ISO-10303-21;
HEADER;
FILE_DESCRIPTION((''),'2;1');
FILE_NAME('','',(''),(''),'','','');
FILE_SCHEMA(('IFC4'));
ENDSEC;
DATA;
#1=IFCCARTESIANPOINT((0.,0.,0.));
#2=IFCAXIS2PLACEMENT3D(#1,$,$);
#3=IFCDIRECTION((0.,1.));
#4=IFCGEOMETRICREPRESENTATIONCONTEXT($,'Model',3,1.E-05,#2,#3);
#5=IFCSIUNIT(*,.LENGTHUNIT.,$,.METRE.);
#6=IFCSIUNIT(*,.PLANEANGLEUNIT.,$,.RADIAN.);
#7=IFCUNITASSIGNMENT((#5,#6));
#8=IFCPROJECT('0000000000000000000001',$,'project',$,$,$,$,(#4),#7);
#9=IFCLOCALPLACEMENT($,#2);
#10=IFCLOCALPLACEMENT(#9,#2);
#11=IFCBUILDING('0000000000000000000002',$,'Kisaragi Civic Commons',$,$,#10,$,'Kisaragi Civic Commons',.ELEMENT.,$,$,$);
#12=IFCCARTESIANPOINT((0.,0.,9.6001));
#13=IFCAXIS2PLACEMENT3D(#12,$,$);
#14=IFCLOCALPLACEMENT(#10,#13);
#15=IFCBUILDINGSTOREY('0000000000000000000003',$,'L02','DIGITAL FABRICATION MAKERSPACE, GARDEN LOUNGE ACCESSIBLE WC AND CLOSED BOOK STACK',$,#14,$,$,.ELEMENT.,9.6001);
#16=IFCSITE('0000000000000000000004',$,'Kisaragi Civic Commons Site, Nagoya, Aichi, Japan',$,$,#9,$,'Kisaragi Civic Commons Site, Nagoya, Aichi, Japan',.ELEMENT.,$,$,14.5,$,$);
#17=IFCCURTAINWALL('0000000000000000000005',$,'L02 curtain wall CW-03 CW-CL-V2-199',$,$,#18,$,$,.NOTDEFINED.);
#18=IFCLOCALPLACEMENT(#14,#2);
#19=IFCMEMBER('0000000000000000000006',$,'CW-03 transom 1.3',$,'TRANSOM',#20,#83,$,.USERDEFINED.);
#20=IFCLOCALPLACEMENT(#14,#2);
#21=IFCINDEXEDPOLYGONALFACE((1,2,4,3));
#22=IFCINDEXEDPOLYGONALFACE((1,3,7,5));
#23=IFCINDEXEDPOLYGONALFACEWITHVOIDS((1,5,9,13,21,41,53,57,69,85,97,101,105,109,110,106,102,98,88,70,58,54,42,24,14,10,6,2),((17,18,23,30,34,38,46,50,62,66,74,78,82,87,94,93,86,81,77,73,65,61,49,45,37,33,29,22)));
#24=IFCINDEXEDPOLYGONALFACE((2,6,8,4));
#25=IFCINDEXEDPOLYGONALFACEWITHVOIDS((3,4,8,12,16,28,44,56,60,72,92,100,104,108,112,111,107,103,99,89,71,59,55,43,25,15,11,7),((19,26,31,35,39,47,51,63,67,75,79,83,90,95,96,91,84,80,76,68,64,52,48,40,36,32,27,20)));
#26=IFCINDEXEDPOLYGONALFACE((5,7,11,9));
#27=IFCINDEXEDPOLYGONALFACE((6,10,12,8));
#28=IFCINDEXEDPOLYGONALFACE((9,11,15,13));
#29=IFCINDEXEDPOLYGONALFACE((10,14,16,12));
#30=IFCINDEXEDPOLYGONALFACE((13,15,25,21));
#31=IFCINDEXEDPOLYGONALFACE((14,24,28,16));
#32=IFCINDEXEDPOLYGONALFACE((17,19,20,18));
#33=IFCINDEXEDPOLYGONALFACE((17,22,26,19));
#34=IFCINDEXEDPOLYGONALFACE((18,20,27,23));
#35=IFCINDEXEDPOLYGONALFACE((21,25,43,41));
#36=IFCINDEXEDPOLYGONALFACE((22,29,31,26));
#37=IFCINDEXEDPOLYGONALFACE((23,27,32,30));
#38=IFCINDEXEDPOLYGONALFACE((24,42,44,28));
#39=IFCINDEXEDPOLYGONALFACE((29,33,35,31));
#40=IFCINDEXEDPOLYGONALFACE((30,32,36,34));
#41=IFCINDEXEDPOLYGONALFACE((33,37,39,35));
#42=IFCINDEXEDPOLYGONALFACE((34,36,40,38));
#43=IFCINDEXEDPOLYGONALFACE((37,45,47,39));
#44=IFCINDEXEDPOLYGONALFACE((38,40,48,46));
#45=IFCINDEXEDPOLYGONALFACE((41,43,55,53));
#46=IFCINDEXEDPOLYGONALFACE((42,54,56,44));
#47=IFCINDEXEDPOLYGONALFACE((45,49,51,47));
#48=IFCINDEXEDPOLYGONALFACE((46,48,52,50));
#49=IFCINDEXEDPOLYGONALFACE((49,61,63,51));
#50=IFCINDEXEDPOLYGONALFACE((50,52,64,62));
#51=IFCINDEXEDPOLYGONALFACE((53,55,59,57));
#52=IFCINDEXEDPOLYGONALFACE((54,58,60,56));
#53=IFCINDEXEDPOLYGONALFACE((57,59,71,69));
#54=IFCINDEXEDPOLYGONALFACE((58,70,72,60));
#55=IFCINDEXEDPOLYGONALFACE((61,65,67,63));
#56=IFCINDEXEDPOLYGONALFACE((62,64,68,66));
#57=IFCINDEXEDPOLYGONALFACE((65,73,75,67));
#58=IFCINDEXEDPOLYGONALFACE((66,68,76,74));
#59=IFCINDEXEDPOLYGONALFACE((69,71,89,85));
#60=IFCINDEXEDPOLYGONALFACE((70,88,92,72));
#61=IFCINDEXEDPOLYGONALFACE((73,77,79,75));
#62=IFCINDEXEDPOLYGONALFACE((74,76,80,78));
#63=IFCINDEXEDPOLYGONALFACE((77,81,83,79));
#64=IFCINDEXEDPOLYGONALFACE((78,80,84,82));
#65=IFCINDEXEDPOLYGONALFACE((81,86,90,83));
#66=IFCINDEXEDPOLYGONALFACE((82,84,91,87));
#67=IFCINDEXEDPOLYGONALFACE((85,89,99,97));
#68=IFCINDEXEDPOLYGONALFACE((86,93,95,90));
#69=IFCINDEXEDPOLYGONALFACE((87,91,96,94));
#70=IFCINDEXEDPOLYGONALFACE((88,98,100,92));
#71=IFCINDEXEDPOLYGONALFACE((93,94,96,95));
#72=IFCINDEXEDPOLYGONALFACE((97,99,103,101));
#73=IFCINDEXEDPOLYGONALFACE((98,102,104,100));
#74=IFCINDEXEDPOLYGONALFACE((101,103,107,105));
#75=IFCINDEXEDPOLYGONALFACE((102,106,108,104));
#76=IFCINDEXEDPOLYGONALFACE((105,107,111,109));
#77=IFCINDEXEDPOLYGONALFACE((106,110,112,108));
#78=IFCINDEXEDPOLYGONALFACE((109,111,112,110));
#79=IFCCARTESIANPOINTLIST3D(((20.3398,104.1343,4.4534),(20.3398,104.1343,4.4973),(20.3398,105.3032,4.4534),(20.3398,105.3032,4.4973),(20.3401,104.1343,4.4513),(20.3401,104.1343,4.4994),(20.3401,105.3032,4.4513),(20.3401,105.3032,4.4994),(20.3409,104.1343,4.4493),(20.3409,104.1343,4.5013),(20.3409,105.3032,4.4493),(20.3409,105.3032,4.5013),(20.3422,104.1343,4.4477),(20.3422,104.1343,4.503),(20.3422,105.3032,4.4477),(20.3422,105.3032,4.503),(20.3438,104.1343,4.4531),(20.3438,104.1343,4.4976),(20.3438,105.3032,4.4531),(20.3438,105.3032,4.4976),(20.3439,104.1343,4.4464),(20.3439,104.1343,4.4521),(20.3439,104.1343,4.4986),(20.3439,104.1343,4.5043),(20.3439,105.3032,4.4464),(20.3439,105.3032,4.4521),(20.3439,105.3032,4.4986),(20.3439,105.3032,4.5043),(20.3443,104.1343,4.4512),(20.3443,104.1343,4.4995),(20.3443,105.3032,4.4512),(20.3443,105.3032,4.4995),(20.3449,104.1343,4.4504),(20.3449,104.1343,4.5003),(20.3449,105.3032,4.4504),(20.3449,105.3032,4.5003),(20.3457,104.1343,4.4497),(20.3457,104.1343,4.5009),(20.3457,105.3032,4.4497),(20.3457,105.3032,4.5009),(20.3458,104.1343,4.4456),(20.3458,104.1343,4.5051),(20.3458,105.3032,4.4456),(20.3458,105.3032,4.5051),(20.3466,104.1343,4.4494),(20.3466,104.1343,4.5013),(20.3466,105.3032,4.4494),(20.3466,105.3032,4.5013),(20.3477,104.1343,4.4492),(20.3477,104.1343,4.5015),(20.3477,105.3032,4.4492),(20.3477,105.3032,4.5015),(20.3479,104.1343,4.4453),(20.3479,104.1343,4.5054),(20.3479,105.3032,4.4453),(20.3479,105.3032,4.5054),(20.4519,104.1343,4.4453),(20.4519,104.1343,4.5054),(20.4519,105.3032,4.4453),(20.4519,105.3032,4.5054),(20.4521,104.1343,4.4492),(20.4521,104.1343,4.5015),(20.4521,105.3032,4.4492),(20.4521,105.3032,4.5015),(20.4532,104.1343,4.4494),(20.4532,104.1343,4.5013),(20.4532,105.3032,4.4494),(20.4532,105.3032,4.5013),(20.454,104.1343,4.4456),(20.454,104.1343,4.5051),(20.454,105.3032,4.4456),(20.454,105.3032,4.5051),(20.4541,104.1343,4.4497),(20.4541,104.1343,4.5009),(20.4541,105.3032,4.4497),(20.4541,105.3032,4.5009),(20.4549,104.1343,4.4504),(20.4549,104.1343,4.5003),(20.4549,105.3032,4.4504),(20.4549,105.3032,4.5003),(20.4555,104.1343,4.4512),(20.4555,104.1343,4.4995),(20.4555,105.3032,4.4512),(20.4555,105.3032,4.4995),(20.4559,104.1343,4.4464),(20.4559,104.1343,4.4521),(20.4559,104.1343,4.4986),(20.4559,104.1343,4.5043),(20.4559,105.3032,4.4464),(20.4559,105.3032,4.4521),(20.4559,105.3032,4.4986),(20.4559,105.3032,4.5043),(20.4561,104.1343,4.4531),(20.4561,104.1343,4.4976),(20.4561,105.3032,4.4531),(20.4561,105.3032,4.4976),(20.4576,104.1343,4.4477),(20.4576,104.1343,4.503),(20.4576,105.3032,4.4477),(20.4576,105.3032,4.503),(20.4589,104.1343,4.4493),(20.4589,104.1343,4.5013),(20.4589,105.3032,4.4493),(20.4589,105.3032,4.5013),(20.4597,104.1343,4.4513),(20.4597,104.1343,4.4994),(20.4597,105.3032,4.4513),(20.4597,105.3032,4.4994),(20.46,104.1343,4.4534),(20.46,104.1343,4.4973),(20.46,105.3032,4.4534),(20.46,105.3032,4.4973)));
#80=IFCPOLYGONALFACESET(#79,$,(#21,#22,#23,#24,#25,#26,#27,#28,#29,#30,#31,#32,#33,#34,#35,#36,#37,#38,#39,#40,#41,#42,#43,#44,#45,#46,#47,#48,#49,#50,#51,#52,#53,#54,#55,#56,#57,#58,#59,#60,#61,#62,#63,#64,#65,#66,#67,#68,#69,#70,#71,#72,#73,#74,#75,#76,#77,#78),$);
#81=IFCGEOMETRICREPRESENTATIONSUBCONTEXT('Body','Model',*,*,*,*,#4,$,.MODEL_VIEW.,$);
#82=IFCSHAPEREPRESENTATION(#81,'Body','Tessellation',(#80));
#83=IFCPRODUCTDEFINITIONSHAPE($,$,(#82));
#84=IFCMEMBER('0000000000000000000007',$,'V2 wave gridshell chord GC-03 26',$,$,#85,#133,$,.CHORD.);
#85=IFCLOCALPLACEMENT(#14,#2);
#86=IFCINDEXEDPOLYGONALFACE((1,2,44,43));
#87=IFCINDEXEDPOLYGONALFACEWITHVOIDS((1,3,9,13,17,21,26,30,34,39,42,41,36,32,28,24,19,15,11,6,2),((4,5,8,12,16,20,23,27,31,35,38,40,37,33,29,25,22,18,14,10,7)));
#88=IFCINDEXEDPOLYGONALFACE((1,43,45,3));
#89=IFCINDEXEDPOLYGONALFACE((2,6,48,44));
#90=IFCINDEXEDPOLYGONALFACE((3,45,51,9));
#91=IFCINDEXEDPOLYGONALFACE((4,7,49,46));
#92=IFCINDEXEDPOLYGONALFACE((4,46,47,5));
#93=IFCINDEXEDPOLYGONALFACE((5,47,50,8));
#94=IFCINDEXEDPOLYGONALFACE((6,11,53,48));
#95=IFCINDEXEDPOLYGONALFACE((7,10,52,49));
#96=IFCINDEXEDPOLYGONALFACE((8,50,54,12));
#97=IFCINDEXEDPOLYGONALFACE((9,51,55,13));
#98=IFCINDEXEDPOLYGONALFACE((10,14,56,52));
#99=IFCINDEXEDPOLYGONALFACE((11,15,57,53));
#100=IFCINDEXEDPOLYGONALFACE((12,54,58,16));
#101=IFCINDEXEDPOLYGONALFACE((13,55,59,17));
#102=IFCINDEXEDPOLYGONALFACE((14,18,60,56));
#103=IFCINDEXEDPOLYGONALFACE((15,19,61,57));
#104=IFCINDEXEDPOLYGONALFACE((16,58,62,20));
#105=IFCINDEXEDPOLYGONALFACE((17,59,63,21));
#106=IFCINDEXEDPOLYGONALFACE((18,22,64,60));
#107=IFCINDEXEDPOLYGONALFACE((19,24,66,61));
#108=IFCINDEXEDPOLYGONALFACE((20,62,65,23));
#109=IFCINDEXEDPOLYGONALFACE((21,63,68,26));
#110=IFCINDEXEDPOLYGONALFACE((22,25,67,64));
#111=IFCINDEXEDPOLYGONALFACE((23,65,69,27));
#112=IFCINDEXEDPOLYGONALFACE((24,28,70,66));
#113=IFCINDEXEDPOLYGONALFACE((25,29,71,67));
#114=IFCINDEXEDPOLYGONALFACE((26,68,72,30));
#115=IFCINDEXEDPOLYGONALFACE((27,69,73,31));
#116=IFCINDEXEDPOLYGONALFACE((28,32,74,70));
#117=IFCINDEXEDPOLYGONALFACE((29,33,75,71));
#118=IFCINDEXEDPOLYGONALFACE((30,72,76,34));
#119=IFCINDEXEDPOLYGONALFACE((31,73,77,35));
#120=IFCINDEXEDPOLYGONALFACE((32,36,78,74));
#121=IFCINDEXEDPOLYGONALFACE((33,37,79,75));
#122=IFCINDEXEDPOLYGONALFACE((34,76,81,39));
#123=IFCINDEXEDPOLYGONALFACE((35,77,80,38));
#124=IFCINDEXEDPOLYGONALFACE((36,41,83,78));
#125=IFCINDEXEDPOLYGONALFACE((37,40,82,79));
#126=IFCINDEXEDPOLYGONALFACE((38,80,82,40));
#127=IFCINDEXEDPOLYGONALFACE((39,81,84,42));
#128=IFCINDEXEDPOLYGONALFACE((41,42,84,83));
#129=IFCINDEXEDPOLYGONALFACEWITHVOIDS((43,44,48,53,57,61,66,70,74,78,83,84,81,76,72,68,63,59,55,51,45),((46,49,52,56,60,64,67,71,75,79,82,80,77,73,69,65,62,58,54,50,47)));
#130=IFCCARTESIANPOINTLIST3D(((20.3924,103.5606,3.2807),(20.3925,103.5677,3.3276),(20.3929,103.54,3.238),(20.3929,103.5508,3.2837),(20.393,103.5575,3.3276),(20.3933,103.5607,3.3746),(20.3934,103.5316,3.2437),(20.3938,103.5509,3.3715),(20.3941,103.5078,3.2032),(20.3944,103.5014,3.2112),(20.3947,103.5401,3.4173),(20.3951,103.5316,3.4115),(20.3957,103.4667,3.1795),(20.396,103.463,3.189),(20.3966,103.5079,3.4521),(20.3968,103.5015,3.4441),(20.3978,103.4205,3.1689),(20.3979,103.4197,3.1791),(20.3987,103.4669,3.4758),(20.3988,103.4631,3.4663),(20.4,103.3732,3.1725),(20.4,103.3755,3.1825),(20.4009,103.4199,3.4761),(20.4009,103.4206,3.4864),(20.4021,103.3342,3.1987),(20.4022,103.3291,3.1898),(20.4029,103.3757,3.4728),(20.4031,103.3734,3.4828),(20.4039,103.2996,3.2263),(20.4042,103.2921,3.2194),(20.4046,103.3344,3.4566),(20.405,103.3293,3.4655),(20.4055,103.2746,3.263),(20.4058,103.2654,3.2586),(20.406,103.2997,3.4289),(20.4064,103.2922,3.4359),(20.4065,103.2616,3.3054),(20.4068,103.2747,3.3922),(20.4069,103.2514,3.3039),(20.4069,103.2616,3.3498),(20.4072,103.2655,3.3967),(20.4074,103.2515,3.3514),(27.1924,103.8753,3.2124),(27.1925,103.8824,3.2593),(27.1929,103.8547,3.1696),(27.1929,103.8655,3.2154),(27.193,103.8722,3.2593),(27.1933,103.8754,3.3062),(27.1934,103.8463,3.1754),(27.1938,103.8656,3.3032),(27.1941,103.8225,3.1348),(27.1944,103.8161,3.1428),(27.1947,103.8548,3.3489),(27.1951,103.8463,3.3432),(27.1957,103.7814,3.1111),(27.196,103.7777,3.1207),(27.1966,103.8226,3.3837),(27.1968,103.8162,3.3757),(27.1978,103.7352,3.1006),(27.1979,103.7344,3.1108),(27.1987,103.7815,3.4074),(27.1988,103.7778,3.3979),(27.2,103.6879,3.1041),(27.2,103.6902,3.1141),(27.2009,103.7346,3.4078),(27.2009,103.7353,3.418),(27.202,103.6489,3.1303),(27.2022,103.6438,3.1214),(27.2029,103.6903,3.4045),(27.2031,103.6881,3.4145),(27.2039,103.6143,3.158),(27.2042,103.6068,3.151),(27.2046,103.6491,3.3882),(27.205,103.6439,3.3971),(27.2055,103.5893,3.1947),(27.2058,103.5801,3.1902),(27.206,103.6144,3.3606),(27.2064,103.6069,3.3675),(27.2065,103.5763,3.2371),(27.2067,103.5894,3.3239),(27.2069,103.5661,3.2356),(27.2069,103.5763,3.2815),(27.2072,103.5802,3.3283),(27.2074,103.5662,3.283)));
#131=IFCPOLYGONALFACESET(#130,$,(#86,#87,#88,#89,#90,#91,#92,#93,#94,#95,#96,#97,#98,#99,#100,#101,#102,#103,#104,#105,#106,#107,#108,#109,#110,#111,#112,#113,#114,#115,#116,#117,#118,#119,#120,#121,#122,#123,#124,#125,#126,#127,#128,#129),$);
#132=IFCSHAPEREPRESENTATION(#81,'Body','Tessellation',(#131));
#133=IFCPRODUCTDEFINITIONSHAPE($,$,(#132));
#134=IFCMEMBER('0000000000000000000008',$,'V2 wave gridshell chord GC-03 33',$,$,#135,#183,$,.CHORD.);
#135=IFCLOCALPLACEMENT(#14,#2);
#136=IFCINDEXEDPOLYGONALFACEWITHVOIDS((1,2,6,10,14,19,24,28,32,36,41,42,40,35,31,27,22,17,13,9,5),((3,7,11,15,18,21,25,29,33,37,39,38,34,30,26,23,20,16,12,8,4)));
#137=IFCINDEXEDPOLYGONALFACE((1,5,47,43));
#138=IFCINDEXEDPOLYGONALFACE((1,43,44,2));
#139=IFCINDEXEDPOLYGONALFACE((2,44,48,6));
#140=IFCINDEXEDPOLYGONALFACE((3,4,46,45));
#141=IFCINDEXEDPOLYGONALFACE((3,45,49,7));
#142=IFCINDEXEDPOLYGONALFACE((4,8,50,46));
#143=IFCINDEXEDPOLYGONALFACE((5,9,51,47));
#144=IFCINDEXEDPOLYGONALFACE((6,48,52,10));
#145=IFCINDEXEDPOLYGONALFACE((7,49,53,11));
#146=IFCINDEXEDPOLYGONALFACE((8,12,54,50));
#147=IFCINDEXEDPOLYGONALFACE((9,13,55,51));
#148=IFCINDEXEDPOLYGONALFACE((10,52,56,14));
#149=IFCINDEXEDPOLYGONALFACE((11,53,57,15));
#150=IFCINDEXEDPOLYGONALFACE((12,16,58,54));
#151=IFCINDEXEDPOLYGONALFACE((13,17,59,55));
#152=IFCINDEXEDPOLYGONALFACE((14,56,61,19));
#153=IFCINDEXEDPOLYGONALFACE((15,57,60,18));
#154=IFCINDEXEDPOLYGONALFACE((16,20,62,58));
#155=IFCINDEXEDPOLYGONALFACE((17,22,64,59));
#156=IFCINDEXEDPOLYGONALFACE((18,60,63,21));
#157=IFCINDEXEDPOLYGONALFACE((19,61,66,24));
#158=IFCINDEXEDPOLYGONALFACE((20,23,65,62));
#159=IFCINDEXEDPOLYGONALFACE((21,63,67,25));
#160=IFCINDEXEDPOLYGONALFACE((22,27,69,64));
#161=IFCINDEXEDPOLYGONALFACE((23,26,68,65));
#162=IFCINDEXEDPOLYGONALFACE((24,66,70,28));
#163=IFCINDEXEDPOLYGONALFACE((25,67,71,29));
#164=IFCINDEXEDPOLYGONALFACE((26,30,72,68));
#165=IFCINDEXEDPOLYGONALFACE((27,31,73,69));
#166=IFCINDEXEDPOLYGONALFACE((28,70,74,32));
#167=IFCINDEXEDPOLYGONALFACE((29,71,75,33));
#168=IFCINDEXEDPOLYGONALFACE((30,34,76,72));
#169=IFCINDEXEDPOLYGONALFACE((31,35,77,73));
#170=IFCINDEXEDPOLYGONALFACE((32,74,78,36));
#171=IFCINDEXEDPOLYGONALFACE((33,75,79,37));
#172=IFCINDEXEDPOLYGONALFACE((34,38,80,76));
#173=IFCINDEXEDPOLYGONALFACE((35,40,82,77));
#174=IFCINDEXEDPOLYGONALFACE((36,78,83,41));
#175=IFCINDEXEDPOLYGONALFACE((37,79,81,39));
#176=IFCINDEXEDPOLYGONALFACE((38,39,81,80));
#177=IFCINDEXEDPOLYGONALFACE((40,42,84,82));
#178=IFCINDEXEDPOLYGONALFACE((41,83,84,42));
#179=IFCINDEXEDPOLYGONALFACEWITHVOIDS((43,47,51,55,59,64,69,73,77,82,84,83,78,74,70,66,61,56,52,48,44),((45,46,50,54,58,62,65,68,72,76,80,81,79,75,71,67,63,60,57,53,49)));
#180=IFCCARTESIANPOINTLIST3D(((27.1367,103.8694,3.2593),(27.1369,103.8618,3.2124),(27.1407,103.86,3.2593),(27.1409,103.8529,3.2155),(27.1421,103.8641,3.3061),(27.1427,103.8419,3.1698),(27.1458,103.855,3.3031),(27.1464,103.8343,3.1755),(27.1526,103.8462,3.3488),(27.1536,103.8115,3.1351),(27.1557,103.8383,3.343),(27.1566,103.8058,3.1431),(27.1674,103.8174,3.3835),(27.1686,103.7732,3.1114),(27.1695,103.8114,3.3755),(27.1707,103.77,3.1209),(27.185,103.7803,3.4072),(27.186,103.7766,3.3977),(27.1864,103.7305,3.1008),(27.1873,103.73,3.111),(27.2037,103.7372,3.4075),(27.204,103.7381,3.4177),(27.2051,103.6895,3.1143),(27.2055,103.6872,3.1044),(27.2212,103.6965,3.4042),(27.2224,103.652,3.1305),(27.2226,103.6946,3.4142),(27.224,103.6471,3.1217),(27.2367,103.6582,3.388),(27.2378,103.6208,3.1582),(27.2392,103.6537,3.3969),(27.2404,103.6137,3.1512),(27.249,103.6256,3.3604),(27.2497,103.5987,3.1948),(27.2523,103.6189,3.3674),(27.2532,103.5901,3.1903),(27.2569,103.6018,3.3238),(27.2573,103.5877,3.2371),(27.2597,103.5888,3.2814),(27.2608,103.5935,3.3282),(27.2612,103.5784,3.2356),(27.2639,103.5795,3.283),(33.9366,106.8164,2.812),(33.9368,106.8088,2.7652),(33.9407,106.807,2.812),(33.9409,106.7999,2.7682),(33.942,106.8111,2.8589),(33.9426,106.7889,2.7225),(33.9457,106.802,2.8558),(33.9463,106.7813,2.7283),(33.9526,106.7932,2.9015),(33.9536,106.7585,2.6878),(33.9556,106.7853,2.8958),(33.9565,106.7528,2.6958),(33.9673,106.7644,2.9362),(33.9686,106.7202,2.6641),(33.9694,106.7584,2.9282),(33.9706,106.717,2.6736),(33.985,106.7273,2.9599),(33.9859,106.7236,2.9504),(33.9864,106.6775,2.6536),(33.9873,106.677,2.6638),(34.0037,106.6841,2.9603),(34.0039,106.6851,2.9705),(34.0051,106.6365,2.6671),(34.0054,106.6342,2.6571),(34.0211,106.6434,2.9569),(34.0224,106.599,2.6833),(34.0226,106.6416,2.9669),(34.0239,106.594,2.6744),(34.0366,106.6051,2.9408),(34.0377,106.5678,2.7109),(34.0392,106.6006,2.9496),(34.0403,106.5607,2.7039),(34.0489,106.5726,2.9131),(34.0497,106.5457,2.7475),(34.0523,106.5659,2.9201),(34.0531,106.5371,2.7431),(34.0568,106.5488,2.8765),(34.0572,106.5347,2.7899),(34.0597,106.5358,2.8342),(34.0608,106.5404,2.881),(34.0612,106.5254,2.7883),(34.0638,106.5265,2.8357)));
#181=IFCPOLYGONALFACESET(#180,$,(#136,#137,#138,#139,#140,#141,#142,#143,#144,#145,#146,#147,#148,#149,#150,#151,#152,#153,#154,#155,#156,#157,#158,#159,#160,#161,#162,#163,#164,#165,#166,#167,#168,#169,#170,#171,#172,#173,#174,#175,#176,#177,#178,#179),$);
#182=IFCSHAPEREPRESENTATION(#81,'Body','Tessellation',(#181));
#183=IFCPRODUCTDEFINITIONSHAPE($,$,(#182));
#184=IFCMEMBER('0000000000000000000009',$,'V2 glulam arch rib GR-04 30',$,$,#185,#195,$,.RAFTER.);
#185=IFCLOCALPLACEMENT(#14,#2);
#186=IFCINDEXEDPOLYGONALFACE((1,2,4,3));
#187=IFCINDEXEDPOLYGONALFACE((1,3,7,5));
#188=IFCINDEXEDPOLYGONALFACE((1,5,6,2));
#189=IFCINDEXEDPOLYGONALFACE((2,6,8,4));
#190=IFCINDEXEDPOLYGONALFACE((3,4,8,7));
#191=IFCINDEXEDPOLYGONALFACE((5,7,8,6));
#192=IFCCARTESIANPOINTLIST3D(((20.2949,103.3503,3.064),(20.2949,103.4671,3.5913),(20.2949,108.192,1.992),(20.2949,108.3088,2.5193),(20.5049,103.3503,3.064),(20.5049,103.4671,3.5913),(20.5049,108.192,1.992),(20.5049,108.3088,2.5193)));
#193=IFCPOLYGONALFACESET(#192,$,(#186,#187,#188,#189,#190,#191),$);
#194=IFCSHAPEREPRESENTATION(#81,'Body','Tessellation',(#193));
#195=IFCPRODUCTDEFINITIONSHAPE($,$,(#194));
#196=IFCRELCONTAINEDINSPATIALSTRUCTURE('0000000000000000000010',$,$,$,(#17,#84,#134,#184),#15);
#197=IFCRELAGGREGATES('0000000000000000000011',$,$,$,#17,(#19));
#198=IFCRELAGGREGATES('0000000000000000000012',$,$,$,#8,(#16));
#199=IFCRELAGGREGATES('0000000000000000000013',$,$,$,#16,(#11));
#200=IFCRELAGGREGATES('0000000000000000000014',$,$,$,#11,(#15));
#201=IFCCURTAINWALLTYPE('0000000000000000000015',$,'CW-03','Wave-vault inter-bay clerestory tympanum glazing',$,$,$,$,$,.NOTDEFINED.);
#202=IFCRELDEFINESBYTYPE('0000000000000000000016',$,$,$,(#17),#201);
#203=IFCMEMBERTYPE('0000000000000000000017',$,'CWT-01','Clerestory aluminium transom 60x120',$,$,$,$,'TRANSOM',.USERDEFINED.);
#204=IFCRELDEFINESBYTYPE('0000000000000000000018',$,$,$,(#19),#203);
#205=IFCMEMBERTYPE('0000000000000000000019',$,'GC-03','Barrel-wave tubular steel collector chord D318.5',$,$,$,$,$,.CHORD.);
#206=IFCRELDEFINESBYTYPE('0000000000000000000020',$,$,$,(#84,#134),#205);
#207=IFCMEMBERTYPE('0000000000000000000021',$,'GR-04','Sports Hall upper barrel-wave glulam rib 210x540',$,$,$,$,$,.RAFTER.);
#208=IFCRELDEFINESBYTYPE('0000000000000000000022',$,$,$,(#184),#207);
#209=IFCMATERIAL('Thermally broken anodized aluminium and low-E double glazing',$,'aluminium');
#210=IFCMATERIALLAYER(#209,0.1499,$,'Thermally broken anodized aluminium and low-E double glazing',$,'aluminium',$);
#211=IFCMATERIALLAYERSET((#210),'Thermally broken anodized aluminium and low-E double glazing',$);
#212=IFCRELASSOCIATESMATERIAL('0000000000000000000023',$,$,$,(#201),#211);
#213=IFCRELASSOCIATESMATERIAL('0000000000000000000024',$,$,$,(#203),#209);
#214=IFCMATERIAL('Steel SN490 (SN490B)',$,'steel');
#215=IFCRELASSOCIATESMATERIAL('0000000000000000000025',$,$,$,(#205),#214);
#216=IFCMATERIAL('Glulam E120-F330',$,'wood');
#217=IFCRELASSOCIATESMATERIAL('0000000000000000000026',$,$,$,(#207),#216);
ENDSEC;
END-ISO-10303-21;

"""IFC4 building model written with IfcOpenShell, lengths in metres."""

from ifc_helpers import new_model, si_unit, direction, frame, origin, origin_2d, place, context, subcontext, project, spatial, rectangle, hollow_rectangle, hollow_circle, extrude, material, layer, layer_set, material_profile, profile_set, type_object, element, aggregate, save


model = new_model("IFC4")

# Units and contexts
model_context = context("Model", 3, precision=1e-05, world=origin(), true_north=direction((0.0, 1.0)))
body_context = subcontext(model_context, "Body", "Model", "MODEL_VIEW")
ifc_project = project(units=[si_unit("LENGTHUNIT", "METRE"), si_unit("PLANEANGLEUNIT", "RADIAN")], contexts=[model_context])

# Site, building, storey
site_placement = place(None, origin())
site = spatial("IfcSite", under=ifc_project, at=site_placement, Name="Kisaragi Civic Commons Site, Nagoya, Aichi, Japan", LongName="Kisaragi Civic Commons Site, Nagoya, Aichi, Japan", CompositionType="ELEMENT", RefElevation=14.5)
building_placement = place(site_placement, origin())
building = spatial("IfcBuilding", under=site, at=building_placement, Name="Kisaragi Civic Commons", LongName="Kisaragi Civic Commons", CompositionType="ELEMENT")
storey_placement = place(building_placement, frame((0.0, 0.0, 9.6001)))
storey = spatial("IfcBuildingStorey", under=building, at=storey_placement, Name="L02", Description="DIGITAL FABRICATION MAKERSPACE, GARDEN LOUNGE ACCESSIBLE WC AND CLOSED BOOK STACK", CompositionType="ELEMENT", Elevation=9.6001)

# Curtain wall
ifc_material_1 = material(Name="Thermally broken anodized aluminium and low-E double glazing", Category="aluminium")
ifc_layer_1 = layer(ifc_material_1, 0.1499, Name="Thermally broken anodized aluminium and low-E double glazing", Category="aluminium")
ifc_layer_set_1 = layer_set([ifc_layer_1], Name="Thermally broken anodized aluminium and low-E double glazing")
curtain_wall_type = type_object("IfcCurtainWallType", Name="CW-03", Description="Wave-vault inter-bay clerestory tympanum glazing", PredefinedType="NOTDEFINED", material=ifc_layer_set_1)
curtain_wall_1_placement = place(storey_placement, origin())
curtain_wall_1 = element("IfcCurtainWall", 1, at=curtain_wall_1_placement, inside=storey, type_object=curtain_wall_type, Name="L02 curtain wall CW-03 CW-CL-V2-199", PredefinedType="NOTDEFINED")

# Member
ifc_material_profile_1 = material_profile(ifc_material_1, hollow_rectangle(XDim=0.1201, YDim=0.0601, WallThickness=0.0039, InnerFilletRadius=0.0039, OuterFilletRadius=0.0081, at=origin_2d()), Name="CWT-60x120x4", Category="aluminium")
ifc_profile_set_1 = profile_set([ifc_material_profile_1], Name="Thermally broken anodized aluminium and low-E double glazing")
member_type_1 = type_object("IfcMemberType", Name="CWT-01", Description="Clerestory aluminium transom 60x120", ElementType="TRANSOM", PredefinedType="USERDEFINED", material=ifc_profile_set_1)
member_1_placement = place(storey_placement, frame((20.3999, 104.1343, 4.4753), z_axis=(0.0, 1.0, 0.0), x_axis=(-1.0, 0.0, 0.0)))
member_1 = element("IfcMember", 2, at=member_1_placement, type_object=member_type_1, Name="CW-03 transom 1.3", ObjectType="TRANSOM", PredefinedType="USERDEFINED", context=body_context, shape_type="SweptSolid", body=[
    extrude(hollow_rectangle(XDim=0.1201, YDim=0.0601, WallThickness=0.0039, InnerFilletRadius=0.0039, OuterFilletRadius=0.0081, at=origin_2d()), origin(), (0.0, 0.0, 1.0), 1.1689),
])

# Members
ifc_material_2 = material(Name="Steel SN490 (SN490B)", Category="steel")
ifc_material_profile_2 = material_profile(ifc_material_2, hollow_circle(Radius=0.1592, WallThickness=0.0103, at=origin_2d()), Name="CHS-318.5x10.3", Category="steel")
ifc_profile_set_2 = profile_set([ifc_material_profile_2], Name="Steel SN490 (SN490B)")
member_type_2 = type_object("IfcMemberType", Name="GC-03", Description="Barrel-wave tubular steel collector chord D318.5", PredefinedType="CHORD", material=ifc_profile_set_2)
member_2_placement = place(storey_placement, frame((20.3999, 103.4087, 3.3276), z_axis=(0.99888, 0.046227, -0.010042), x_axis=(-0.046229, 0.998931, 0.0)))
element("IfcMember", 3, at=member_2_placement, inside=storey, type_object=member_type_2, Name="V2 wave gridshell chord GC-03 26", PredefinedType="CHORD", context=body_context, shape_type="SweptSolid", body=[
    extrude(hollow_circle(Radius=0.1592, WallThickness=0.0103, at=origin_2d()), origin(), (0.0, 0.0, 1.0), 6.8076),
])
member_3_placement = place(storey_placement, frame((27.2, 103.7234, 3.2593), z_axis=(0.915873, 0.396923, -0.060241), x_axis=(-0.397645, 0.917539, 0.0)))
element("IfcMember", 4, at=member_3_placement, inside=storey, type_object=member_type_2, Name="V2 wave gridshell chord GC-03 33", PredefinedType="CHORD", context=body_context, shape_type="SweptSolid", body=[
    extrude(hollow_circle(Radius=0.1592, WallThickness=0.0103, at=origin_2d()), origin(), (0.0, 0.0, 1.0), 7.4246),
])
ifc_material_3 = material(Name="Glulam E120-F330", Category="wood")
ifc_material_profile_3 = material_profile(ifc_material_3, rectangle(XDim=0.21, YDim=0.54, at=origin_2d()), Name="GL-210x540", Category="wood")
ifc_profile_set_3 = profile_set([ifc_material_profile_3], Name="Glulam E120-F330")
member_type_3 = type_object("IfcMemberType", Name="GR-04", Description="Sports Hall upper barrel-wave glulam rib 210x540", PredefinedType="RAFTER", material=ifc_profile_set_3)
member_4_placement = place(storey_placement, frame((20.3999, 103.4087, 3.3276), z_axis=(0.0, 0.976355, -0.216175), x_axis=(-1.0, 0.0, 0.0)))
element("IfcMember", 5, at=member_4_placement, inside=storey, type_object=member_type_3, Name="V2 glulam arch rib GR-04 30", PredefinedType="RAFTER", context=body_context, shape_type="SweptSolid", body=[
    extrude(rectangle(XDim=0.21, YDim=0.54, at=origin_2d()), origin(), (0.0, 0.0, 1.0), 4.959),
])

aggregate(curtain_wall_1, [member_1])

save(model, "model.ifc")
